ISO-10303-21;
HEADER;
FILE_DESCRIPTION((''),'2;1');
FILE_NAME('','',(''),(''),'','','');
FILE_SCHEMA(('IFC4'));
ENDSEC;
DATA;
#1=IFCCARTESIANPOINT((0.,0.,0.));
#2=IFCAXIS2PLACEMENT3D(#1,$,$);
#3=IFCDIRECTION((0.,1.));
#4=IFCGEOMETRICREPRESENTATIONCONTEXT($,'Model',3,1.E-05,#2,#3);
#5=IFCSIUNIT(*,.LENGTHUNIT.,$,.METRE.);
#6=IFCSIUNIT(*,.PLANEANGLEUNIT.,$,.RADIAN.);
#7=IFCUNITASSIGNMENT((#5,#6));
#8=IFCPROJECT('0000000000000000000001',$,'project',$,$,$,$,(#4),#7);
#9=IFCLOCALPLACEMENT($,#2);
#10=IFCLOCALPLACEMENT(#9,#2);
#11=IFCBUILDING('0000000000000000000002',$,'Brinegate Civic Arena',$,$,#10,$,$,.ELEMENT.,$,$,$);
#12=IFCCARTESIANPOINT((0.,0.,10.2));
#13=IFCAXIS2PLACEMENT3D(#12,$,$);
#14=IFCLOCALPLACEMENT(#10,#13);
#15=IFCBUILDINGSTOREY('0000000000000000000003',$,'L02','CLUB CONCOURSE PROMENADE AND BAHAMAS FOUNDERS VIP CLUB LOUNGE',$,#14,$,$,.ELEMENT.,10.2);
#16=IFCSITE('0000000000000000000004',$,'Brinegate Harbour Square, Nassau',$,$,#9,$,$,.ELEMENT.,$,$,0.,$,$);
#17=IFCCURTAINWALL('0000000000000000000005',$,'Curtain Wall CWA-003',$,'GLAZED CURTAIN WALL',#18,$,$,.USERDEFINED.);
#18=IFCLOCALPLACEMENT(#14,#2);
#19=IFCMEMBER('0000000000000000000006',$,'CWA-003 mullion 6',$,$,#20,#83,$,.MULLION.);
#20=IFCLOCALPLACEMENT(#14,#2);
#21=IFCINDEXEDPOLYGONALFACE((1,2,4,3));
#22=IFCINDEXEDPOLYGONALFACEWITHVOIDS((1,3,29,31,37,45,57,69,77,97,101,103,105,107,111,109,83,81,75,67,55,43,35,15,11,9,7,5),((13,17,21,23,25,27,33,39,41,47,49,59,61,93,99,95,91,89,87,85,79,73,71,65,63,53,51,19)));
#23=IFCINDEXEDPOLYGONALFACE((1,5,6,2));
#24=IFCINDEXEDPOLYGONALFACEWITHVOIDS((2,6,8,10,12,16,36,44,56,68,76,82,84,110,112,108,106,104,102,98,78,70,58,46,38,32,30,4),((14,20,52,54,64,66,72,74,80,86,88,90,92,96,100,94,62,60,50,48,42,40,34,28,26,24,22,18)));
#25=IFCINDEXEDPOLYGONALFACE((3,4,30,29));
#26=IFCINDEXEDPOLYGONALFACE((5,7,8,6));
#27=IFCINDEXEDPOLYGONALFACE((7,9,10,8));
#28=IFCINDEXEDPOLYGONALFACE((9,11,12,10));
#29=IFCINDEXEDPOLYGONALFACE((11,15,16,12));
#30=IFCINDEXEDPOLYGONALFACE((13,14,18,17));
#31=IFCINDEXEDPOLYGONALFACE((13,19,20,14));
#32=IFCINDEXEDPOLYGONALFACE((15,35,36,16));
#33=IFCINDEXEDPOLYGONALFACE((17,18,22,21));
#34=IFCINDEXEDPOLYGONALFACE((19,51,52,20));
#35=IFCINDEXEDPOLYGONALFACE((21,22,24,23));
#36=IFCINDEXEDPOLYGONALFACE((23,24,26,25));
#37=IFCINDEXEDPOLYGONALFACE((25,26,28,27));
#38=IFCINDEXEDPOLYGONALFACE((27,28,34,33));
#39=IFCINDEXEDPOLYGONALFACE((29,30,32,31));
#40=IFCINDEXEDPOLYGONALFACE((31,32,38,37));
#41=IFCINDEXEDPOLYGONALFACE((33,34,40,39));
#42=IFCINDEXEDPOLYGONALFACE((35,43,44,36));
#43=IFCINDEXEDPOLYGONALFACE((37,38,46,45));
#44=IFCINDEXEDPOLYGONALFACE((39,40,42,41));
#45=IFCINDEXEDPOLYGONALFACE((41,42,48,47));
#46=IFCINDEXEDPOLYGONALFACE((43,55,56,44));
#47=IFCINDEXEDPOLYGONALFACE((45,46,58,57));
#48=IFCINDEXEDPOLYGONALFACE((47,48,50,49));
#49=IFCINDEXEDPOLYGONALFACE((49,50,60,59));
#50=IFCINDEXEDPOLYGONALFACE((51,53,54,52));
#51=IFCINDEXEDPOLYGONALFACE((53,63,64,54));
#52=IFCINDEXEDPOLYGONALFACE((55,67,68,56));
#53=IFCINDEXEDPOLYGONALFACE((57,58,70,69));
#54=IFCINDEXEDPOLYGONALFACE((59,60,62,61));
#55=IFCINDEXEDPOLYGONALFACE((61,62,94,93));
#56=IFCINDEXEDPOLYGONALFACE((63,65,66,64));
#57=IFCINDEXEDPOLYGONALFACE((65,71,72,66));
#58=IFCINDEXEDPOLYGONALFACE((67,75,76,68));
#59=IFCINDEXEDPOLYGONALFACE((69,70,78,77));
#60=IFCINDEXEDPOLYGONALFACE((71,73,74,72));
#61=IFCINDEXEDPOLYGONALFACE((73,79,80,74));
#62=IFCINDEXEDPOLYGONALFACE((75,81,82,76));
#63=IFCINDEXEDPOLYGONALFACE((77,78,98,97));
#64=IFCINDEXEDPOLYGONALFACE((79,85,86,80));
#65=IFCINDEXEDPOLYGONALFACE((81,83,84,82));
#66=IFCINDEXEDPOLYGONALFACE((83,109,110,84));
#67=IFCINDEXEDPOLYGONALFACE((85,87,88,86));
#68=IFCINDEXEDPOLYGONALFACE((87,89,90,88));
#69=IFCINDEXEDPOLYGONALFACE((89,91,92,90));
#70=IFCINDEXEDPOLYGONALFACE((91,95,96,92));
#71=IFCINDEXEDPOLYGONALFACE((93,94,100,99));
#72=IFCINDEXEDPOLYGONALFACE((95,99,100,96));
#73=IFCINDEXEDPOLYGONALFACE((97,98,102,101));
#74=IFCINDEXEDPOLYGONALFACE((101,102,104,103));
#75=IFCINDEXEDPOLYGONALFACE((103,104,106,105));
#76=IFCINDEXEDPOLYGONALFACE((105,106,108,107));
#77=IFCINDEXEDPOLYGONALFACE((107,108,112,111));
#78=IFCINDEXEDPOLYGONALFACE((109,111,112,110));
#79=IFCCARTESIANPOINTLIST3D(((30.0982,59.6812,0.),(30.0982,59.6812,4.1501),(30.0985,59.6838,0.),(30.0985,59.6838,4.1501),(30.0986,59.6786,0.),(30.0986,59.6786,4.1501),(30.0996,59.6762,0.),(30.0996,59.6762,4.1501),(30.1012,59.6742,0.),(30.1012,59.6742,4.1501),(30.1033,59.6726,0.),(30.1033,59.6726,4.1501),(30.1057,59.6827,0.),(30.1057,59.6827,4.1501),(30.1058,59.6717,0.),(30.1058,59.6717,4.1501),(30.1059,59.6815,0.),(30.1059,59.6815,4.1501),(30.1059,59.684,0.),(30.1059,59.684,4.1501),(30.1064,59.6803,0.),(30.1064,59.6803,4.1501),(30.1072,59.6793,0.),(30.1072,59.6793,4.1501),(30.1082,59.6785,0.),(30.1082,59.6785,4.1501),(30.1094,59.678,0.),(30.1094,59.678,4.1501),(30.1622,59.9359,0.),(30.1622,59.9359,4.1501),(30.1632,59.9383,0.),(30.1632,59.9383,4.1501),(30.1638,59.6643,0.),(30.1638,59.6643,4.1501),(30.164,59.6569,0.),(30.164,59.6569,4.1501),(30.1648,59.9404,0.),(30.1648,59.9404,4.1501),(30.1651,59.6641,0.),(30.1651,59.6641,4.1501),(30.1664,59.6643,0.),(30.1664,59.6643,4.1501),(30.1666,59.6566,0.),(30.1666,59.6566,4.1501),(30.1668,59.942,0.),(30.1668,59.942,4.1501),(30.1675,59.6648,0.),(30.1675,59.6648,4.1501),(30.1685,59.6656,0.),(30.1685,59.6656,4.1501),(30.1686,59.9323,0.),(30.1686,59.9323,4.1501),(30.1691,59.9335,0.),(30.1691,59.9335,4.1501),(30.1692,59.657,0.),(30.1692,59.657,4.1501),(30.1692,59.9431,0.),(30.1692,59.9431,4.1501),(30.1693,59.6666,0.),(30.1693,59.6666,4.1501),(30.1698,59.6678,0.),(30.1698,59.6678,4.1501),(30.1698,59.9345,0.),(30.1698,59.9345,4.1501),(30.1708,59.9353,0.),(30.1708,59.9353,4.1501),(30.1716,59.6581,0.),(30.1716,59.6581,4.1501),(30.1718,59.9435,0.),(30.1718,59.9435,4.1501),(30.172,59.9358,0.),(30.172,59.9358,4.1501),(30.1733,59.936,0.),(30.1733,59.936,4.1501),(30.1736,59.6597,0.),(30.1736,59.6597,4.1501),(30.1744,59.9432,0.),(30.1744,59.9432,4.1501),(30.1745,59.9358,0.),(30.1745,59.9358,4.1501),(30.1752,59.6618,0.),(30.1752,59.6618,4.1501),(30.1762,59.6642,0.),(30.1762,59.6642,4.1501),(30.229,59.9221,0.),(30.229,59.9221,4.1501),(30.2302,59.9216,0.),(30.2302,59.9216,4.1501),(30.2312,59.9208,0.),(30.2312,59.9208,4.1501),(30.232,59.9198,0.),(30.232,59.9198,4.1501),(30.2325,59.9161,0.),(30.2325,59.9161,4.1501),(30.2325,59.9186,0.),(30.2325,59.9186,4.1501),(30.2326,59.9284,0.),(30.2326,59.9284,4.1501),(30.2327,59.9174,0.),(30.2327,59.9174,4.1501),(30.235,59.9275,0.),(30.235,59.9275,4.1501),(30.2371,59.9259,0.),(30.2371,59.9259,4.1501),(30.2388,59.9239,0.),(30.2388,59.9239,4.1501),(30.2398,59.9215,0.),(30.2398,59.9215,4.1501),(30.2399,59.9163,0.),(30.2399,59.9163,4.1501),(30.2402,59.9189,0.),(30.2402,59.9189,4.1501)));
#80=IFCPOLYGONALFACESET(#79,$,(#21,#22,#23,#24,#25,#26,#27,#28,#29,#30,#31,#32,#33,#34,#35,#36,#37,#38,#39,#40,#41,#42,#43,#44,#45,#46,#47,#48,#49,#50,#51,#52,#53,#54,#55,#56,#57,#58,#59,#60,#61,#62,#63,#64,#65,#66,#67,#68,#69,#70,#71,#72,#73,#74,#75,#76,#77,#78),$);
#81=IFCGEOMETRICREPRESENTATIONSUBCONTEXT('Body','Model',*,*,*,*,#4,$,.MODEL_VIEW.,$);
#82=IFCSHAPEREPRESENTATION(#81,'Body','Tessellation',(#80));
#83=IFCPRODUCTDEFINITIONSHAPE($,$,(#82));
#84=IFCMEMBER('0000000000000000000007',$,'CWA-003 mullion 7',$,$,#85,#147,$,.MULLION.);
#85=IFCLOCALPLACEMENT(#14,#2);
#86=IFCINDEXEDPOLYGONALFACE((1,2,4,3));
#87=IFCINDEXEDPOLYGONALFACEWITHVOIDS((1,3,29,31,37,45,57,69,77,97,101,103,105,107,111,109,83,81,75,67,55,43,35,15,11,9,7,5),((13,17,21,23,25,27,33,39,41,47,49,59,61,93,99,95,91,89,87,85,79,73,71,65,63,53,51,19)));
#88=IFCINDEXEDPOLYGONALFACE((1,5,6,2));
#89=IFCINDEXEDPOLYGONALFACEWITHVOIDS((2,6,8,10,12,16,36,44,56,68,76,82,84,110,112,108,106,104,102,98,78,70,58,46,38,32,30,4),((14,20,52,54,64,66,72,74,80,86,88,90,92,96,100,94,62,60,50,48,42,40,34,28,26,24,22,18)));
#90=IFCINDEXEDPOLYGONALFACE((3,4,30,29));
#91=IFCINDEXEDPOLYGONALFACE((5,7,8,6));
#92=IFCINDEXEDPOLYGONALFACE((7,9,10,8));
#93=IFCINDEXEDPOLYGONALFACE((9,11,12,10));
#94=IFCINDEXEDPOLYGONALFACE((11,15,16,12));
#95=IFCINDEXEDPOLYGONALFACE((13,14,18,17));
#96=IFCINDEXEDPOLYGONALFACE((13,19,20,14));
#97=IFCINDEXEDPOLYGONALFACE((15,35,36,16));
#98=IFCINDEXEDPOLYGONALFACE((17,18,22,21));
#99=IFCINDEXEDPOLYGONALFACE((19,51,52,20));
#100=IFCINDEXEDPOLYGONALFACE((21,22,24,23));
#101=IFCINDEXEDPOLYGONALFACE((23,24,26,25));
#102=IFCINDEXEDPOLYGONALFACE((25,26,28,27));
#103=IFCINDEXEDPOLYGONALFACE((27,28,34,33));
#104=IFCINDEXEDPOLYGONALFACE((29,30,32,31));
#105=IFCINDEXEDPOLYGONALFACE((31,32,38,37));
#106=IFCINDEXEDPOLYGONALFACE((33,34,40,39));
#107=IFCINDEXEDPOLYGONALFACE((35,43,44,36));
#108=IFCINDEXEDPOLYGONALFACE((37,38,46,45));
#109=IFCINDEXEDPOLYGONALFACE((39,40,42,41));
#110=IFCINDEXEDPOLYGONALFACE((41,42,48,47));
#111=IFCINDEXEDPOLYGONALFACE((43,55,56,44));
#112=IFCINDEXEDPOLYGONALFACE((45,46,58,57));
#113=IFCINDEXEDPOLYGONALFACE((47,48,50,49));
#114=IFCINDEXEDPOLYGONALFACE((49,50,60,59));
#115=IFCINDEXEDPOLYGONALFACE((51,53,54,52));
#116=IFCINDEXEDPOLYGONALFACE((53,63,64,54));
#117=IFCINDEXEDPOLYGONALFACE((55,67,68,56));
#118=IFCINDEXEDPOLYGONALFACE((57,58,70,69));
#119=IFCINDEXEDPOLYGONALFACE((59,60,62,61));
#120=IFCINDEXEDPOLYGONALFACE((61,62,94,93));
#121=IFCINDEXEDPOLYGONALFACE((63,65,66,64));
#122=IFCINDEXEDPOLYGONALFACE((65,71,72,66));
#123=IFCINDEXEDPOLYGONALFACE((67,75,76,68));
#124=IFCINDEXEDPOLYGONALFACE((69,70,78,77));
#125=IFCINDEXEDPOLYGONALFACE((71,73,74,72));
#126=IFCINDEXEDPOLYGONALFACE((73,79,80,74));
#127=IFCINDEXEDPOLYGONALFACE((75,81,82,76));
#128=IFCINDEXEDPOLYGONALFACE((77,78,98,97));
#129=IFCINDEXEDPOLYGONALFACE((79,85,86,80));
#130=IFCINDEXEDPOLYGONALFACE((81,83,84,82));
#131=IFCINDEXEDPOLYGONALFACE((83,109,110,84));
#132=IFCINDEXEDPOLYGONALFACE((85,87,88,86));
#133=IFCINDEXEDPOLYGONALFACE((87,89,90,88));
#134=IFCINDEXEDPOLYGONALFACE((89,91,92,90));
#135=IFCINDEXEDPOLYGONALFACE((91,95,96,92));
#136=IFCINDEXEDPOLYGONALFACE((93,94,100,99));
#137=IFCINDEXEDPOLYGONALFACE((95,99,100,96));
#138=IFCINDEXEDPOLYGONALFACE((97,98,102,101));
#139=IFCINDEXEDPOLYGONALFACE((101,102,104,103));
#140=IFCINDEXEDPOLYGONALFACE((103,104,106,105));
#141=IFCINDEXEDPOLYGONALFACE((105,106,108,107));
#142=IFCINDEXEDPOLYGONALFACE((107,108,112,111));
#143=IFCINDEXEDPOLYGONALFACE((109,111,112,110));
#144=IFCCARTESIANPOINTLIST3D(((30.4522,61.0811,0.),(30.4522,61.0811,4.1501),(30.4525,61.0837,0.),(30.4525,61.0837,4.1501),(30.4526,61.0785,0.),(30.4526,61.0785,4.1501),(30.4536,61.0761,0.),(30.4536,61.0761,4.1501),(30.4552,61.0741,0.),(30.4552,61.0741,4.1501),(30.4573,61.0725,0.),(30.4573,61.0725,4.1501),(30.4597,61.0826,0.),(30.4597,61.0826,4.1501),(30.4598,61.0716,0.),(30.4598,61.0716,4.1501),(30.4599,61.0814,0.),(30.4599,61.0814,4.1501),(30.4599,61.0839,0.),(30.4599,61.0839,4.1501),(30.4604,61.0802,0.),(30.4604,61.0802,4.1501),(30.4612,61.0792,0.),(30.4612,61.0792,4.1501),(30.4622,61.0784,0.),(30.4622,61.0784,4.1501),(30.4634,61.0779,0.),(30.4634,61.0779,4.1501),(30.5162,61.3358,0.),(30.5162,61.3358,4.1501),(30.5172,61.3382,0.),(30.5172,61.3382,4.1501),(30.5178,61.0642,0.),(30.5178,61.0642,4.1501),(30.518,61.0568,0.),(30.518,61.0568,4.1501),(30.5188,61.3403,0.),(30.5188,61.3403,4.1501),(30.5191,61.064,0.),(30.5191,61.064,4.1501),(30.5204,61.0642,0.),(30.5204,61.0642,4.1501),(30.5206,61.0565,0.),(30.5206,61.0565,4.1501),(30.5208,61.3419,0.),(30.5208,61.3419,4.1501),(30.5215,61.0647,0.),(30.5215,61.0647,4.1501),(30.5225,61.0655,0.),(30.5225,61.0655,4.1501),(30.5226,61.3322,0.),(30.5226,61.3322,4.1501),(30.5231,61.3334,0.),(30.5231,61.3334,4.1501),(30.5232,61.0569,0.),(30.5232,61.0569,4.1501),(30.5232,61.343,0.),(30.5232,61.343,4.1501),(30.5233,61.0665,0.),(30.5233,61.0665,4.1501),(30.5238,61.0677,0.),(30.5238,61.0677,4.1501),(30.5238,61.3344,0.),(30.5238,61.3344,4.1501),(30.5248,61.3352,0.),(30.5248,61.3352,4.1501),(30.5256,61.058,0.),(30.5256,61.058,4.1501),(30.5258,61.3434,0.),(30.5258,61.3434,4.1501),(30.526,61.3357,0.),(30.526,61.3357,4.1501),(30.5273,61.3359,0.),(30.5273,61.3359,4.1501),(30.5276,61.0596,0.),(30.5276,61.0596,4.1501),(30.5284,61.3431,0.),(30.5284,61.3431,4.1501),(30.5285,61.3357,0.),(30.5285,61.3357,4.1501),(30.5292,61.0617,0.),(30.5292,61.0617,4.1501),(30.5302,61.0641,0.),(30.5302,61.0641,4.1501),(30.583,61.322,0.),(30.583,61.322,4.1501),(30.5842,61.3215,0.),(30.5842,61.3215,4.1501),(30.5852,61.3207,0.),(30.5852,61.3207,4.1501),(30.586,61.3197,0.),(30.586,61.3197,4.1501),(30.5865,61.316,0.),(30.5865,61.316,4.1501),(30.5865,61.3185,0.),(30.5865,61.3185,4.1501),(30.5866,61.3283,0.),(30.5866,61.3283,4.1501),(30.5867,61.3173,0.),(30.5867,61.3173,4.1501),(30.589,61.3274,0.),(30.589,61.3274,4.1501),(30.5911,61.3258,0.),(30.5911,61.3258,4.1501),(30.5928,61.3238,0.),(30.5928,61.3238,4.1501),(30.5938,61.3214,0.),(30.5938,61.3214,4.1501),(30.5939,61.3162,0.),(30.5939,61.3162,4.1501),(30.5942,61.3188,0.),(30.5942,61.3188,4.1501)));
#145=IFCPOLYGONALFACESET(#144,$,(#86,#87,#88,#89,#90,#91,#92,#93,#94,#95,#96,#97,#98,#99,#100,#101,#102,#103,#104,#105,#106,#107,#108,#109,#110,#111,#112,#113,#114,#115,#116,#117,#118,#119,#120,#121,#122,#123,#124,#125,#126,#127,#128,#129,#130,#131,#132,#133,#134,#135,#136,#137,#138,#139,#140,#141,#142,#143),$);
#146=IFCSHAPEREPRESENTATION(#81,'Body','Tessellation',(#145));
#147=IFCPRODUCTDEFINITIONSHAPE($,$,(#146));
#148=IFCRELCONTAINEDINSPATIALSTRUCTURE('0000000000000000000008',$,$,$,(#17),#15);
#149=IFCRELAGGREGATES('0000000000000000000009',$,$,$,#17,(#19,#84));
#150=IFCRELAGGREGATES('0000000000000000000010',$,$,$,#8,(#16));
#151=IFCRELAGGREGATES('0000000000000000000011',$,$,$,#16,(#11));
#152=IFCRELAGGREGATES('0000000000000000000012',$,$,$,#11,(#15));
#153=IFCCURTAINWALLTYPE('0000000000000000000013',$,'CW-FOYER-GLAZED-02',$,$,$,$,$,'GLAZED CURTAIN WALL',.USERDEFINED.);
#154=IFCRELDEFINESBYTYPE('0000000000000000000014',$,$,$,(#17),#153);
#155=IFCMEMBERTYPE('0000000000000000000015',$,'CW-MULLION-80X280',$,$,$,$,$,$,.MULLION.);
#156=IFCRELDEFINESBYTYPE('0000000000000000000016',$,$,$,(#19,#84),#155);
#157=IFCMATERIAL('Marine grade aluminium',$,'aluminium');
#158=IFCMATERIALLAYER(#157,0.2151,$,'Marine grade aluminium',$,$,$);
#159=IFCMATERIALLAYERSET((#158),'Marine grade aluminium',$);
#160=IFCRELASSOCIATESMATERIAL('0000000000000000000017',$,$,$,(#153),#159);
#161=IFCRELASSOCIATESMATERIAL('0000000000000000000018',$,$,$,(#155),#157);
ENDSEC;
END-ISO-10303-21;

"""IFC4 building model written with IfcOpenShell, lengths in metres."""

from ifc_helpers import new_model, si_unit, direction, frame, origin, origin_2d, place, context, subcontext, project, spatial, hollow_rectangle, extrude, material, layer, layer_set, material_profile, profile_set, type_object, element, aggregate, save


model = new_model("IFC4")

# Units and contexts
model_context = context("Model", 3, precision=1e-05, world=origin(), true_north=direction((0.0, 1.0)))
body_context = subcontext(model_context, "Body", "Model", "MODEL_VIEW")
ifc_project = project(units=[si_unit("LENGTHUNIT", "METRE"), si_unit("PLANEANGLEUNIT", "RADIAN")], contexts=[model_context])

# Site, building, storey
site_placement = place(None, origin())
site = spatial("IfcSite", under=ifc_project, at=site_placement, Name="Brinegate Harbour Square, Nassau", CompositionType="ELEMENT", RefElevation=0.0)
building_placement = place(site_placement, origin())
building = spatial("IfcBuilding", under=site, at=building_placement, Name="Brinegate Civic Arena", CompositionType="ELEMENT")
storey_placement = place(building_placement, frame((0.0, 0.0, 10.2)))
storey = spatial("IfcBuildingStorey", under=building, at=storey_placement, Name="L02", Description="CLUB CONCOURSE PROMENADE AND BAHAMAS FOUNDERS VIP CLUB LOUNGE", CompositionType="ELEMENT", Elevation=10.2)

# Curtain wall, members
ifc_material_1 = material(Name="Marine grade aluminium", Category="aluminium")
ifc_layer_1 = layer(ifc_material_1, 0.2151, Name="Marine grade aluminium")
ifc_layer_set_1 = layer_set([ifc_layer_1], Name="Marine grade aluminium")
curtain_wall_type = type_object("IfcCurtainWallType", Name="CW-FOYER-GLAZED-02", ElementType="GLAZED CURTAIN WALL", PredefinedType="USERDEFINED", material=ifc_layer_set_1)
curtain_wall_placement = place(storey_placement, origin())
curtain_wall = element("IfcCurtainWall", 1, at=curtain_wall_placement, inside=storey, type_object=curtain_wall_type, Name="Curtain Wall CWA-003", ObjectType="GLAZED CURTAIN WALL", PredefinedType="USERDEFINED")
ifc_material_profile_1 = material_profile(ifc_material_1, hollow_rectangle(XDim=0.0801, YDim=0.28, WallThickness=0.0071, InnerFilletRadius=0.0049, OuterFilletRadius=0.01, at=origin_2d()), Name="MUL80X280")
ifc_profile_set_1 = profile_set([ifc_material_profile_1], Name="Marine grade aluminium")
member_type_1 = type_object("IfcMemberType", Name="CW-MULLION-80X280", PredefinedType="MULLION", material=ifc_profile_set_1)
member_1_placement = place(storey_placement, frame((30.1692, 59.8, 0.0), z_axis=(0.0, 0.0, 1.0), x_axis=(-0.969513, 0.245042, 0.0)))
member_1 = element("IfcMember", 2, at=member_1_placement, type_object=member_type_1, Name="CWA-003 mullion 6", PredefinedType="MULLION", context=body_context, shape_type="SweptSolid", body=[
    extrude(hollow_rectangle(XDim=0.0801, YDim=0.28, WallThickness=0.0071, InnerFilletRadius=0.0049, OuterFilletRadius=0.01, at=origin_2d()), origin(), (0.0, 0.0, 1.0), 4.1501),
])
member_2_placement = place(storey_placement, frame((30.5232, 61.2, 0.0), z_axis=(0.0, 0.0, 1.0), x_axis=(-0.969513, 0.245042, 0.0)))
member_2 = element("IfcMember", 3, at=member_2_placement, type_object=member_type_1, Name="CWA-003 mullion 7", PredefinedType="MULLION", context=body_context, shape_type="SweptSolid", body=[
    extrude(hollow_rectangle(XDim=0.0801, YDim=0.28, WallThickness=0.0071, InnerFilletRadius=0.0049, OuterFilletRadius=0.01, at=origin_2d()), origin(), (0.0, 0.0, 1.0), 4.1501),
])
aggregate(curtain_wall, [member_1, member_2])

save(model, "model.ifc")
